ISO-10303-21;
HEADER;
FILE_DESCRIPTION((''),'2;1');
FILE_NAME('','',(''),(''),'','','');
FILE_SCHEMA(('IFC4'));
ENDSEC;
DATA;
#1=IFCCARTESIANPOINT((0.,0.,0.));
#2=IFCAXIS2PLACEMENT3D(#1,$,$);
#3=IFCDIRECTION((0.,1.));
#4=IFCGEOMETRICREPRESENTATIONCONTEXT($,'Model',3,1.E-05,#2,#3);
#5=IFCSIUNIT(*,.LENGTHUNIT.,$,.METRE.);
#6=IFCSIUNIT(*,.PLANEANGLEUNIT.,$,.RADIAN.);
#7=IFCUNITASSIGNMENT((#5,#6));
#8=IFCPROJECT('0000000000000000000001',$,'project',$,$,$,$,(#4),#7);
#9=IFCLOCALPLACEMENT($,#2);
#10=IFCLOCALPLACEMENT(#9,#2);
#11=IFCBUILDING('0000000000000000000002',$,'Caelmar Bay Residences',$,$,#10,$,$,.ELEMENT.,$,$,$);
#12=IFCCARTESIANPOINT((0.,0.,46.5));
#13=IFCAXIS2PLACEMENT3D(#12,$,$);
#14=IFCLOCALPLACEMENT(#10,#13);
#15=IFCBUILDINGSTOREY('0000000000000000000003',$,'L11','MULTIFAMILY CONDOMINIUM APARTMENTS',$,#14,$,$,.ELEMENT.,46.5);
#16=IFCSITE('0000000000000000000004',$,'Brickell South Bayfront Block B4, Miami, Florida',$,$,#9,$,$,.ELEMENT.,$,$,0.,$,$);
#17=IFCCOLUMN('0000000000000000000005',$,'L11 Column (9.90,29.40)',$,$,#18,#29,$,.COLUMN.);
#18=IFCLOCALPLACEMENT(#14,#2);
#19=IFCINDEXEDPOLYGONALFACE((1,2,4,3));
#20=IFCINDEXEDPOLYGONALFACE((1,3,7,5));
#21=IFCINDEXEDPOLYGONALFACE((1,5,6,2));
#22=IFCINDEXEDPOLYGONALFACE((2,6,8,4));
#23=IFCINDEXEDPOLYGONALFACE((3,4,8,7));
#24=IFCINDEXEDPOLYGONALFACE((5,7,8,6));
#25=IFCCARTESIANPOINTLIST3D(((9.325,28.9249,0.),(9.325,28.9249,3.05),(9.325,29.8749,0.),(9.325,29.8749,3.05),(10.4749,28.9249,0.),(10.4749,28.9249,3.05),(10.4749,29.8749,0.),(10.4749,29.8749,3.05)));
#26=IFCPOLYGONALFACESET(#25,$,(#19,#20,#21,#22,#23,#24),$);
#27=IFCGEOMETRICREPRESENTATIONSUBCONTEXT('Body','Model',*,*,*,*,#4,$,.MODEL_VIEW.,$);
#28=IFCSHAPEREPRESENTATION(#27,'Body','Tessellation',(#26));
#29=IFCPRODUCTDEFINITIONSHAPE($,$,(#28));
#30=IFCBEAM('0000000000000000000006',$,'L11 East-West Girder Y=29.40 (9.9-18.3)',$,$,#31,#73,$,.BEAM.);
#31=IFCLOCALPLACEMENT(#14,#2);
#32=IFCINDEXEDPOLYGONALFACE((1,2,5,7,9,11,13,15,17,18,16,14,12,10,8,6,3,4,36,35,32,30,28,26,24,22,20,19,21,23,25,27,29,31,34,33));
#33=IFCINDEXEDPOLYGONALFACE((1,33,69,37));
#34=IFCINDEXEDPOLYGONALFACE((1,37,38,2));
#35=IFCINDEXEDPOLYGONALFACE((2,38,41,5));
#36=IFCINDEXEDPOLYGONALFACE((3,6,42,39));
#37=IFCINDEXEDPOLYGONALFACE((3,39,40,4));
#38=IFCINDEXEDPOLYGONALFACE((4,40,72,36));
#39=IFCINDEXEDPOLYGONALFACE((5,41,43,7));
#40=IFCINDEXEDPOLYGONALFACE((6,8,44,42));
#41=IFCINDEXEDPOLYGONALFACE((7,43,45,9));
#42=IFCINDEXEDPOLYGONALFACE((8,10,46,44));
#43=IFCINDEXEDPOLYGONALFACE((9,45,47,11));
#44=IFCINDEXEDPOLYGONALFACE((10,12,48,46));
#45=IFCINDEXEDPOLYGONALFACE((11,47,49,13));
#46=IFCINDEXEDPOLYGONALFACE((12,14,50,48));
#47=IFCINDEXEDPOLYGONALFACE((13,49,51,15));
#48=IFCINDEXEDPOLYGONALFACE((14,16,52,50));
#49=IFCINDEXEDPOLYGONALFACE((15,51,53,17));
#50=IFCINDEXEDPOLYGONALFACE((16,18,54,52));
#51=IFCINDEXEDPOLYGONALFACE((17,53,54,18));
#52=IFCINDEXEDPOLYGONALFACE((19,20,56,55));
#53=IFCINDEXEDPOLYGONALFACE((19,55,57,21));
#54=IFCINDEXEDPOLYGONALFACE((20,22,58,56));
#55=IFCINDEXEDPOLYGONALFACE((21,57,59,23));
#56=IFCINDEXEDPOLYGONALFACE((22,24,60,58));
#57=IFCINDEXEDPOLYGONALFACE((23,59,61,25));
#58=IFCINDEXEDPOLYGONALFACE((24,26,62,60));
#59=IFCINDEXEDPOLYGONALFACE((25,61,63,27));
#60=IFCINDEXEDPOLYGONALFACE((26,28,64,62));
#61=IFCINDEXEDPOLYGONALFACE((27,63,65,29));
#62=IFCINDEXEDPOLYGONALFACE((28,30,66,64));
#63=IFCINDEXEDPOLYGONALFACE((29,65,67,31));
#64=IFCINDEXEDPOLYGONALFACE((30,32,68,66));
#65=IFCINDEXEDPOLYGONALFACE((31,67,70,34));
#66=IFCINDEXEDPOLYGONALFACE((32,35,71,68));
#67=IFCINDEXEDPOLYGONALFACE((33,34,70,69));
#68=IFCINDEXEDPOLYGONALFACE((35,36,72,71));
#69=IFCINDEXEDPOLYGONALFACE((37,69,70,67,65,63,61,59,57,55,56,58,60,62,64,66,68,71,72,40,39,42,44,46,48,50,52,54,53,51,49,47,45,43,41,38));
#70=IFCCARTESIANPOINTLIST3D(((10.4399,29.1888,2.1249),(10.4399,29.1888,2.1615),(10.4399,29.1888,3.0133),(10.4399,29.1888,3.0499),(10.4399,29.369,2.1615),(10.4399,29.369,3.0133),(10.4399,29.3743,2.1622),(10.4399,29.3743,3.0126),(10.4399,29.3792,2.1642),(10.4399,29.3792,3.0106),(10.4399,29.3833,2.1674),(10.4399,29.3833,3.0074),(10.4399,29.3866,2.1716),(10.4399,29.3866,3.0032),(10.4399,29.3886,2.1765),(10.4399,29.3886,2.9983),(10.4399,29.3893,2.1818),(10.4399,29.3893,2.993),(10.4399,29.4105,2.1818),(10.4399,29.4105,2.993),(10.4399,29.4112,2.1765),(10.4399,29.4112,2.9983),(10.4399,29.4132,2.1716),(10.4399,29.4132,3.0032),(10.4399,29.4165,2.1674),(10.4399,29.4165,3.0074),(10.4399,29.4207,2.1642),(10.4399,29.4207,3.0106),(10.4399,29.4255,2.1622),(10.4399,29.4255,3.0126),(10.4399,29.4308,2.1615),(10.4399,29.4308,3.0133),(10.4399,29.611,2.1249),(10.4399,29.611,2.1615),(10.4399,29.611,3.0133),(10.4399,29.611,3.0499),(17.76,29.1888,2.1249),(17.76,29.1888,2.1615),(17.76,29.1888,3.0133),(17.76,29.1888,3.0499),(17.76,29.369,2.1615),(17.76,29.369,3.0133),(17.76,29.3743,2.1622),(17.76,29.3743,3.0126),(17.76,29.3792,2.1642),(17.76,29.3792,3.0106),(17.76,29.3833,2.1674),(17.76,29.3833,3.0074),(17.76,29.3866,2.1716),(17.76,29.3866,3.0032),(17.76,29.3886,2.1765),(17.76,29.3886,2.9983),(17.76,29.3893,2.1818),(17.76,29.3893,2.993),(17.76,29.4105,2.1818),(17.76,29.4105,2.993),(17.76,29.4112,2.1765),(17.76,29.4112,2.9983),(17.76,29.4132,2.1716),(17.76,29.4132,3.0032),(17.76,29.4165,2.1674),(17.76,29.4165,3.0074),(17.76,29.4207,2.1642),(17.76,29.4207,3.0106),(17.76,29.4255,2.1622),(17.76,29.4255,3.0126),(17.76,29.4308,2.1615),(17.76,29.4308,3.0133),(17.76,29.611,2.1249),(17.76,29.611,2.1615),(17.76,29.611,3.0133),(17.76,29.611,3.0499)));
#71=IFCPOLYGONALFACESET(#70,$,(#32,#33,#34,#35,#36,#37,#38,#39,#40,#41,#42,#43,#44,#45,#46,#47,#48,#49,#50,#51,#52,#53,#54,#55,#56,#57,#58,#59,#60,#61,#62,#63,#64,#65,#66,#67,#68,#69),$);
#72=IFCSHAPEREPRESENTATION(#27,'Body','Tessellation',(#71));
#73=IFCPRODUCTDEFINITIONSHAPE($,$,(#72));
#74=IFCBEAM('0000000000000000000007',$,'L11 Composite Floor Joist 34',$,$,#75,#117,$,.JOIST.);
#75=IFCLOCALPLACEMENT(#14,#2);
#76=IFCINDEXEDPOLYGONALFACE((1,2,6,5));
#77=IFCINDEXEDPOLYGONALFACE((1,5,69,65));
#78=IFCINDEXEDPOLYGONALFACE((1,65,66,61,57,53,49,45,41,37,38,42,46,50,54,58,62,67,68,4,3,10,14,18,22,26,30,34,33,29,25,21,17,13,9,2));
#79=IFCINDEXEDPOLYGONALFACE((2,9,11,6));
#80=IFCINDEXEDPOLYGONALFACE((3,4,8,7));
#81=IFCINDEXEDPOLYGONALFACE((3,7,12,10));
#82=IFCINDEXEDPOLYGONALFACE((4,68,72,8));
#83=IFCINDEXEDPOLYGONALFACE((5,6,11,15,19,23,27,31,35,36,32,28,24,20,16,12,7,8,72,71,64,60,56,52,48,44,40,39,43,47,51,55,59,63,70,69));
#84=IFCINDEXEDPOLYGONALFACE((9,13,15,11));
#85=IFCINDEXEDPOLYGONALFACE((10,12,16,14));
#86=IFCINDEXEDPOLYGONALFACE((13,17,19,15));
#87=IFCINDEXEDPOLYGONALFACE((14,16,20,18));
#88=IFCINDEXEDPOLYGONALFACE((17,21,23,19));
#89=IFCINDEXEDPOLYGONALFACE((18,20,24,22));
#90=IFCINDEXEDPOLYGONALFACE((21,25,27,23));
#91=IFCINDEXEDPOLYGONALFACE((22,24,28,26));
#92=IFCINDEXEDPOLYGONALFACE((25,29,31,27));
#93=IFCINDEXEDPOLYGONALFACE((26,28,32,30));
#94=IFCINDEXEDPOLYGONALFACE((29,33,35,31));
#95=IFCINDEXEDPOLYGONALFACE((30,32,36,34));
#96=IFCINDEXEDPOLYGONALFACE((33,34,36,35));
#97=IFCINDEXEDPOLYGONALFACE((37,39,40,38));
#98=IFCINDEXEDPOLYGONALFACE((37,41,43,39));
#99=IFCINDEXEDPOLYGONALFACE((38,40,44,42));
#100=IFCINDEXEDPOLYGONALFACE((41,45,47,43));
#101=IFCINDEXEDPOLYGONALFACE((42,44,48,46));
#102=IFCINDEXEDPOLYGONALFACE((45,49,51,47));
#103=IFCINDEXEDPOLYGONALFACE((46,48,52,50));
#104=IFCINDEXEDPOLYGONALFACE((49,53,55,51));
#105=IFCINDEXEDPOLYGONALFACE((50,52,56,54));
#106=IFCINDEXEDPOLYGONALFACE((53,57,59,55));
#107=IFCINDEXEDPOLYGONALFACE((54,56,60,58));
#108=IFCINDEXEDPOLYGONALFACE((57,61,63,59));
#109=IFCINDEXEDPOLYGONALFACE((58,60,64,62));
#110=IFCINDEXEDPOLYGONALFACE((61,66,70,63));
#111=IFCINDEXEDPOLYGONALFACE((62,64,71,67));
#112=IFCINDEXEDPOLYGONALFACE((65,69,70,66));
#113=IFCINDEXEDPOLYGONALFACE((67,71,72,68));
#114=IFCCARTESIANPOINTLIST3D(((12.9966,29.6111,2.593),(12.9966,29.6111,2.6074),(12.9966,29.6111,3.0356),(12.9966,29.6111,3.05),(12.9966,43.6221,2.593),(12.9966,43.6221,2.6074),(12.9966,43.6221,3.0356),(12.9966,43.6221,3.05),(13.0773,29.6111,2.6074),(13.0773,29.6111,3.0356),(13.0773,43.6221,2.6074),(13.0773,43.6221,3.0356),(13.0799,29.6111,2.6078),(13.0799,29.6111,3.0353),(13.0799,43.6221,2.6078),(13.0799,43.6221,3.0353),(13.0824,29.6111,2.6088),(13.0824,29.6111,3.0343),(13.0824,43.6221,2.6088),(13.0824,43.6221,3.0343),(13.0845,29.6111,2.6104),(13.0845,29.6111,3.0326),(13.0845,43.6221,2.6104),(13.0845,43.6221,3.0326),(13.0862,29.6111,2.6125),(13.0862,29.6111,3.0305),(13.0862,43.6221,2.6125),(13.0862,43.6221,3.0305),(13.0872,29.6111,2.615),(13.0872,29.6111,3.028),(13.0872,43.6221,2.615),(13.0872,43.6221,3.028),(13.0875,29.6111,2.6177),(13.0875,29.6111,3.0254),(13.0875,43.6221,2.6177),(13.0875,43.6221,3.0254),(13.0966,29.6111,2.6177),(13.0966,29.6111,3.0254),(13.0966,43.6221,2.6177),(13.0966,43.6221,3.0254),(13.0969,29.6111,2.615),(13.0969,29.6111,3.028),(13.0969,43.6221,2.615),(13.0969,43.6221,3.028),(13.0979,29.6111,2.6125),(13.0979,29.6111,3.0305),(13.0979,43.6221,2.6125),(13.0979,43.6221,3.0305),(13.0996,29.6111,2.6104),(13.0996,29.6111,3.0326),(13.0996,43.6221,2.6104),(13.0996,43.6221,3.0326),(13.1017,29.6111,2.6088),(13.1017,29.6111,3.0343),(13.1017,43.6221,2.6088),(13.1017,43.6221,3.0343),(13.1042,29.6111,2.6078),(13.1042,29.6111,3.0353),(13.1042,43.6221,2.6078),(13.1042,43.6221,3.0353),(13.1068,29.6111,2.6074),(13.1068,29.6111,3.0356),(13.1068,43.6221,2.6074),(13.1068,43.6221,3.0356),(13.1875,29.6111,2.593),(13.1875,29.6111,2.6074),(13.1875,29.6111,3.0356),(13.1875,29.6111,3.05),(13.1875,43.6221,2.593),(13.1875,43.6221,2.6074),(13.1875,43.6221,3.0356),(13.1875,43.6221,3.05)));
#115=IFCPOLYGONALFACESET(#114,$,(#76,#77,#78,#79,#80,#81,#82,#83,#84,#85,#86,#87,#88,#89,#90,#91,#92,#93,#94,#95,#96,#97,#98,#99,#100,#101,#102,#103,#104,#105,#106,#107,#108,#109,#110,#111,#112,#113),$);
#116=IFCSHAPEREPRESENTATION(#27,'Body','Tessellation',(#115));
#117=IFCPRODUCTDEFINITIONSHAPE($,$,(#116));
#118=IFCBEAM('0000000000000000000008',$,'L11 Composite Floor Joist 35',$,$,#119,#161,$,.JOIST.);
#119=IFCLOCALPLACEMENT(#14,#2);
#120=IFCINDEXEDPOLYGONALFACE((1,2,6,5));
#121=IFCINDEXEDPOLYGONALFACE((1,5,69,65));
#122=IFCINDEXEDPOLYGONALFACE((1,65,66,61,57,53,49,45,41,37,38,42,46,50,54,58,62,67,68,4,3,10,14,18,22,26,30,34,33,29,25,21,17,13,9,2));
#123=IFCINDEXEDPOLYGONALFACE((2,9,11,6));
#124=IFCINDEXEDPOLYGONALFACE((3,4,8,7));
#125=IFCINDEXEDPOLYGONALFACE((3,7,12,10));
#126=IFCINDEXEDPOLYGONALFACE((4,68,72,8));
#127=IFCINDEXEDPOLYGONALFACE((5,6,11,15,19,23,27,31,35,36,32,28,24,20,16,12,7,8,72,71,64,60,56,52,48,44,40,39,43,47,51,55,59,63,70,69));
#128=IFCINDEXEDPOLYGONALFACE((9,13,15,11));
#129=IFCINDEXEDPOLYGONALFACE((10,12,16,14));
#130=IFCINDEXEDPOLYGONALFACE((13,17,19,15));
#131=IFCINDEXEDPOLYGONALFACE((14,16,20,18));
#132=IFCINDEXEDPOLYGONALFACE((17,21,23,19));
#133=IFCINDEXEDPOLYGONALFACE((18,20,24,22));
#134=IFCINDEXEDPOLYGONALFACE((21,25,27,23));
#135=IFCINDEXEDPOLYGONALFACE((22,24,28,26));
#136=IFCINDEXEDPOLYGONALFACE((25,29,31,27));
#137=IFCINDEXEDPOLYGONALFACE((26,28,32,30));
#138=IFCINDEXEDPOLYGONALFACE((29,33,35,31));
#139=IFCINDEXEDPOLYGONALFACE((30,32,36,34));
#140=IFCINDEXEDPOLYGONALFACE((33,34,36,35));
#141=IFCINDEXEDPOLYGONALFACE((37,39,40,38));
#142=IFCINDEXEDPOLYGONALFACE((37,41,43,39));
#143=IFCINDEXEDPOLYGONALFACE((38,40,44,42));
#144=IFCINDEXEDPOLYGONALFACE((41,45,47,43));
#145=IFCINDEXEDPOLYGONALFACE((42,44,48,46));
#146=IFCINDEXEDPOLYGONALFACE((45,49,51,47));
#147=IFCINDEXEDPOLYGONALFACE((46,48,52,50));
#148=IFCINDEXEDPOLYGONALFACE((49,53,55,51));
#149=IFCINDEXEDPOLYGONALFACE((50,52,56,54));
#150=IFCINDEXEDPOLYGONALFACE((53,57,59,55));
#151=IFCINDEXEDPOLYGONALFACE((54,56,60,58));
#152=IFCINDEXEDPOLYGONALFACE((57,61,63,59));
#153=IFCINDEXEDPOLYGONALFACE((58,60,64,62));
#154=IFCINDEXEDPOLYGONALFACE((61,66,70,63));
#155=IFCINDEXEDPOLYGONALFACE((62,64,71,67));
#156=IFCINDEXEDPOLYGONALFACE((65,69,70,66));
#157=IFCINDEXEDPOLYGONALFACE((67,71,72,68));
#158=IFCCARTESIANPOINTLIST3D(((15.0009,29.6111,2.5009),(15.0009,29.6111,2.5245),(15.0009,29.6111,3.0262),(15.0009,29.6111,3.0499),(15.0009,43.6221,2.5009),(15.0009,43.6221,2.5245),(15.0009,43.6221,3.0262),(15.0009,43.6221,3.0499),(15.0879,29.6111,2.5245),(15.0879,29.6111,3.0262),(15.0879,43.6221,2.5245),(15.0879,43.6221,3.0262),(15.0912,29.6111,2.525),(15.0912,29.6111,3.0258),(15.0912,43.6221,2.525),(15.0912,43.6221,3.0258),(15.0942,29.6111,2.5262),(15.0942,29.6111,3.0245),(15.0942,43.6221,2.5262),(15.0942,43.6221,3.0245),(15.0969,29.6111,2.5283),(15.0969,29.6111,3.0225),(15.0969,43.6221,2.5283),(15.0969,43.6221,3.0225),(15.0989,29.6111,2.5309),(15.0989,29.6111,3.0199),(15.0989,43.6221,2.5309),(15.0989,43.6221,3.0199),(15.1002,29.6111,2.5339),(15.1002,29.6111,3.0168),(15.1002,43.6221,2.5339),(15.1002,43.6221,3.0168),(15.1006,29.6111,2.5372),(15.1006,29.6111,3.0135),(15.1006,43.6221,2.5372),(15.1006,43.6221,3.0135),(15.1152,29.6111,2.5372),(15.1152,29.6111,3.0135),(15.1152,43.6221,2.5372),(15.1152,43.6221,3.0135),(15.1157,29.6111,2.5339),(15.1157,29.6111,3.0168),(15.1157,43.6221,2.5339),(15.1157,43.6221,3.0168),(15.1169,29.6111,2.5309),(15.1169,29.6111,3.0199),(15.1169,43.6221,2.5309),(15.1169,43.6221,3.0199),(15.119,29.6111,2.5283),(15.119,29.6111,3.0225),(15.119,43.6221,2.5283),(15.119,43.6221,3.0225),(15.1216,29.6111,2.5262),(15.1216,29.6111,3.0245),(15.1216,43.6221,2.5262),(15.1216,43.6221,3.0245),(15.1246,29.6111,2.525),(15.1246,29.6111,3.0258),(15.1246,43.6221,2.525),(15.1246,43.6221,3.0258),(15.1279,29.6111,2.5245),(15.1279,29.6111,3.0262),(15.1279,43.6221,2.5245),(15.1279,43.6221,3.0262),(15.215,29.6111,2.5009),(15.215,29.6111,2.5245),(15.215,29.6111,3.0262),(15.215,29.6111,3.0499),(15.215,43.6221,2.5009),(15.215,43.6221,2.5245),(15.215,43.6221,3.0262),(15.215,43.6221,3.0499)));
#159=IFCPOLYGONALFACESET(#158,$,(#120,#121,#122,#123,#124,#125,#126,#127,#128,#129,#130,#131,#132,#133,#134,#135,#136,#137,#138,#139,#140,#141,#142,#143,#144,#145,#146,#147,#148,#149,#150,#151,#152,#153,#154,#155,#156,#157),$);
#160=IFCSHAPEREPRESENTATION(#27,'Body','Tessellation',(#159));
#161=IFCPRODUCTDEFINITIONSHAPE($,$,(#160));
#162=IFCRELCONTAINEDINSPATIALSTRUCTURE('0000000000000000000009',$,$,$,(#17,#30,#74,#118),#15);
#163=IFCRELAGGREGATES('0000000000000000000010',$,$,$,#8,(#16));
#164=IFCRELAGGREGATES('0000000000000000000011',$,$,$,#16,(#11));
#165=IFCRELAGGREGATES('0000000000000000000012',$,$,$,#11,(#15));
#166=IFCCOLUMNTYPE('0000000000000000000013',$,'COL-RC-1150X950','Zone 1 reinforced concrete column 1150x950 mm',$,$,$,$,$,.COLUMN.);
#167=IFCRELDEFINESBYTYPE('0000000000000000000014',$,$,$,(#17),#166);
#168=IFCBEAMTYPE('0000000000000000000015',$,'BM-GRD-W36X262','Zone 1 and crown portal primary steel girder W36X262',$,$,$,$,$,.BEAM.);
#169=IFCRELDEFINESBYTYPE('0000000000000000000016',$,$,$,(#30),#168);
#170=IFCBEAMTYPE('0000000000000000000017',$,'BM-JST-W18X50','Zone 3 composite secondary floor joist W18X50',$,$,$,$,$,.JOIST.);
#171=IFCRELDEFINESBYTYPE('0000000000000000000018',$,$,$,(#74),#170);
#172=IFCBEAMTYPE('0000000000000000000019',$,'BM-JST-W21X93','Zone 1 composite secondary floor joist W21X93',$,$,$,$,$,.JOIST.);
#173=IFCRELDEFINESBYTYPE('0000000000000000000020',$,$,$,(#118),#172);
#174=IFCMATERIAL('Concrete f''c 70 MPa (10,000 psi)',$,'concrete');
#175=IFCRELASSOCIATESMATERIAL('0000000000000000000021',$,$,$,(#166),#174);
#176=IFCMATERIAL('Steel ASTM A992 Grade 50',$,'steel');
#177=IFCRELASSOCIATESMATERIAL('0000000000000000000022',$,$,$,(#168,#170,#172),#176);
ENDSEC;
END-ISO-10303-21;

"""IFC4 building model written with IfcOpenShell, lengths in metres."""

from ifc_helpers import new_model, si_unit, direction, frame, origin, origin_2d, place, context, subcontext, project, spatial, rectangle, i_section, extrude, material, material_profile, profile_set, type_object, element, save


model = new_model("IFC4")

# Units and contexts
model_context = context("Model", 3, precision=1e-05, world=origin(), true_north=direction((0.0, 1.0)))
body_context = subcontext(model_context, "Body", "Model", "MODEL_VIEW")
ifc_project = project(units=[si_unit("LENGTHUNIT", "METRE"), si_unit("PLANEANGLEUNIT", "RADIAN")], contexts=[model_context])

# Site, building, storey
site_placement = place(None, origin())
site = spatial("IfcSite", under=ifc_project, at=site_placement, Name="Brickell South Bayfront Block B4, Miami, Florida", CompositionType="ELEMENT", RefElevation=0.0)
building_placement = place(site_placement, origin())
building = spatial("IfcBuilding", under=site, at=building_placement, Name="Caelmar Bay Residences", CompositionType="ELEMENT")
storey_placement = place(building_placement, frame((0.0, 0.0, 46.5)))
storey = spatial("IfcBuildingStorey", under=building, at=storey_placement, Name="L11", Description="MULTIFAMILY CONDOMINIUM APARTMENTS", CompositionType="ELEMENT", Elevation=46.5)

# Column
ifc_material_1 = material(Name="Concrete f'c 70 MPa (10,000 psi)", Category="concrete")
ifc_material_profile_1 = material_profile(ifc_material_1, rectangle(XDim=1.1499, YDim=0.95, at=origin_2d()), Name="RC-COL-1150X950")
ifc_profile_set_1 = profile_set([ifc_material_profile_1], Name="Concrete f'c 70 MPa (10,000 psi)")
column_type = type_object("IfcColumnType", Name="COL-RC-1150X950", Description="Zone 1 reinforced concrete column 1150x950 mm", PredefinedType="COLUMN", material=ifc_profile_set_1)
column_placement = place(storey_placement, frame((9.8999, 29.3999, 0.0), z_axis=(0.0, 0.0, 1.0), x_axis=(1.0, 0.0, 0.0)))
element("IfcColumn", 1, at=column_placement, inside=storey, type_object=column_type, Name="L11 Column (9.90,29.40)", PredefinedType="COLUMN", context=body_context, shape_type="SweptSolid", body=[
    extrude(rectangle(XDim=1.1499, YDim=0.95, at=origin_2d()), origin(), (0.0, 0.0, 1.0), 3.05),
])

# Beams
ifc_material_2 = material(Name="Steel ASTM A992 Grade 50", Category="steel")
ifc_material_profile_2 = material_profile(ifc_material_2, i_section(OverallWidth=0.4221, OverallDepth=0.925, WebThickness=0.0212, FlangeThickness=0.0366, FilletRadius=0.0203, at=origin_2d()), Name="W36X262")
ifc_profile_set_2 = profile_set([ifc_material_profile_2], Name="Steel ASTM A992 Grade 50")
beam_type_1 = type_object("IfcBeamType", Name="BM-GRD-W36X262", Description="Zone 1 and crown portal primary steel girder W36X262", PredefinedType="BEAM", material=ifc_profile_set_2)
beam_1_placement = place(storey_placement, frame((10.4399, 29.3999, 2.5874), z_axis=(1.0, 0.0, 0.0), x_axis=(0.0, 1.0, 0.0)))
element("IfcBeam", 2, at=beam_1_placement, inside=storey, type_object=beam_type_1, Name="L11 East-West Girder Y=29.40 (9.9-18.3)", PredefinedType="BEAM", context=body_context, shape_type="SweptSolid", body=[
    extrude(i_section(OverallWidth=0.4221, OverallDepth=0.925, WebThickness=0.0212, FlangeThickness=0.0366, FilletRadius=0.0203, at=origin_2d()), origin(), (0.0, 0.0, 1.0), 7.3201),
])
ifc_material_profile_3 = material_profile(ifc_material_2, i_section(OverallWidth=0.1909, OverallDepth=0.457, WebThickness=0.009, FlangeThickness=0.0144, FilletRadius=0.0103, at=origin_2d()), Name="W18X50")
ifc_profile_set_3 = profile_set([ifc_material_profile_3], Name="Steel ASTM A992 Grade 50")
beam_type_2 = type_object("IfcBeamType", Name="BM-JST-W18X50", Description="Zone 3 composite secondary floor joist W18X50", PredefinedType="JOIST", material=ifc_profile_set_3)
beam_2_placement = place(storey_placement, frame((13.092, 29.6111, 2.8215), z_axis=(0.0, 1.0, 0.0), x_axis=(-1.0, 0.0, 0.0)))
element("IfcBeam", 3, at=beam_2_placement, inside=storey, type_object=beam_type_2, Name="L11 Composite Floor Joist 34", PredefinedType="JOIST", context=body_context, shape_type="SweptSolid", body=[
    extrude(i_section(OverallWidth=0.1909, OverallDepth=0.457, WebThickness=0.009, FlangeThickness=0.0144, FilletRadius=0.0103, at=origin_2d()), origin(), (0.0, 0.0, 1.0), 14.011),
])
ifc_material_profile_4 = material_profile(ifc_material_2, i_section(OverallWidth=0.2141, OverallDepth=0.5491, WebThickness=0.0146, FlangeThickness=0.0237, FilletRadius=0.0127, at=origin_2d()), Name="W21X93")
ifc_profile_set_4 = profile_set([ifc_material_profile_4], Name="Steel ASTM A992 Grade 50")
beam_type_3 = type_object("IfcBeamType", Name="BM-JST-W21X93", Description="Zone 1 composite secondary floor joist W21X93", PredefinedType="JOIST", material=ifc_profile_set_4)
beam_3_placement = place(storey_placement, frame((15.1079, 29.6111, 2.7754), z_axis=(0.0, 1.0, 0.0), x_axis=(-1.0, 0.0, 0.0)))
element("IfcBeam", 4, at=beam_3_placement, inside=storey, type_object=beam_type_3, Name="L11 Composite Floor Joist 35", PredefinedType="JOIST", context=body_context, shape_type="SweptSolid", body=[
    extrude(i_section(OverallWidth=0.2141, OverallDepth=0.5491, WebThickness=0.0146, FlangeThickness=0.0237, FilletRadius=0.0127, at=origin_2d()), origin(), (0.0, 0.0, 1.0), 14.011),
])

save(model, "model.ifc")
